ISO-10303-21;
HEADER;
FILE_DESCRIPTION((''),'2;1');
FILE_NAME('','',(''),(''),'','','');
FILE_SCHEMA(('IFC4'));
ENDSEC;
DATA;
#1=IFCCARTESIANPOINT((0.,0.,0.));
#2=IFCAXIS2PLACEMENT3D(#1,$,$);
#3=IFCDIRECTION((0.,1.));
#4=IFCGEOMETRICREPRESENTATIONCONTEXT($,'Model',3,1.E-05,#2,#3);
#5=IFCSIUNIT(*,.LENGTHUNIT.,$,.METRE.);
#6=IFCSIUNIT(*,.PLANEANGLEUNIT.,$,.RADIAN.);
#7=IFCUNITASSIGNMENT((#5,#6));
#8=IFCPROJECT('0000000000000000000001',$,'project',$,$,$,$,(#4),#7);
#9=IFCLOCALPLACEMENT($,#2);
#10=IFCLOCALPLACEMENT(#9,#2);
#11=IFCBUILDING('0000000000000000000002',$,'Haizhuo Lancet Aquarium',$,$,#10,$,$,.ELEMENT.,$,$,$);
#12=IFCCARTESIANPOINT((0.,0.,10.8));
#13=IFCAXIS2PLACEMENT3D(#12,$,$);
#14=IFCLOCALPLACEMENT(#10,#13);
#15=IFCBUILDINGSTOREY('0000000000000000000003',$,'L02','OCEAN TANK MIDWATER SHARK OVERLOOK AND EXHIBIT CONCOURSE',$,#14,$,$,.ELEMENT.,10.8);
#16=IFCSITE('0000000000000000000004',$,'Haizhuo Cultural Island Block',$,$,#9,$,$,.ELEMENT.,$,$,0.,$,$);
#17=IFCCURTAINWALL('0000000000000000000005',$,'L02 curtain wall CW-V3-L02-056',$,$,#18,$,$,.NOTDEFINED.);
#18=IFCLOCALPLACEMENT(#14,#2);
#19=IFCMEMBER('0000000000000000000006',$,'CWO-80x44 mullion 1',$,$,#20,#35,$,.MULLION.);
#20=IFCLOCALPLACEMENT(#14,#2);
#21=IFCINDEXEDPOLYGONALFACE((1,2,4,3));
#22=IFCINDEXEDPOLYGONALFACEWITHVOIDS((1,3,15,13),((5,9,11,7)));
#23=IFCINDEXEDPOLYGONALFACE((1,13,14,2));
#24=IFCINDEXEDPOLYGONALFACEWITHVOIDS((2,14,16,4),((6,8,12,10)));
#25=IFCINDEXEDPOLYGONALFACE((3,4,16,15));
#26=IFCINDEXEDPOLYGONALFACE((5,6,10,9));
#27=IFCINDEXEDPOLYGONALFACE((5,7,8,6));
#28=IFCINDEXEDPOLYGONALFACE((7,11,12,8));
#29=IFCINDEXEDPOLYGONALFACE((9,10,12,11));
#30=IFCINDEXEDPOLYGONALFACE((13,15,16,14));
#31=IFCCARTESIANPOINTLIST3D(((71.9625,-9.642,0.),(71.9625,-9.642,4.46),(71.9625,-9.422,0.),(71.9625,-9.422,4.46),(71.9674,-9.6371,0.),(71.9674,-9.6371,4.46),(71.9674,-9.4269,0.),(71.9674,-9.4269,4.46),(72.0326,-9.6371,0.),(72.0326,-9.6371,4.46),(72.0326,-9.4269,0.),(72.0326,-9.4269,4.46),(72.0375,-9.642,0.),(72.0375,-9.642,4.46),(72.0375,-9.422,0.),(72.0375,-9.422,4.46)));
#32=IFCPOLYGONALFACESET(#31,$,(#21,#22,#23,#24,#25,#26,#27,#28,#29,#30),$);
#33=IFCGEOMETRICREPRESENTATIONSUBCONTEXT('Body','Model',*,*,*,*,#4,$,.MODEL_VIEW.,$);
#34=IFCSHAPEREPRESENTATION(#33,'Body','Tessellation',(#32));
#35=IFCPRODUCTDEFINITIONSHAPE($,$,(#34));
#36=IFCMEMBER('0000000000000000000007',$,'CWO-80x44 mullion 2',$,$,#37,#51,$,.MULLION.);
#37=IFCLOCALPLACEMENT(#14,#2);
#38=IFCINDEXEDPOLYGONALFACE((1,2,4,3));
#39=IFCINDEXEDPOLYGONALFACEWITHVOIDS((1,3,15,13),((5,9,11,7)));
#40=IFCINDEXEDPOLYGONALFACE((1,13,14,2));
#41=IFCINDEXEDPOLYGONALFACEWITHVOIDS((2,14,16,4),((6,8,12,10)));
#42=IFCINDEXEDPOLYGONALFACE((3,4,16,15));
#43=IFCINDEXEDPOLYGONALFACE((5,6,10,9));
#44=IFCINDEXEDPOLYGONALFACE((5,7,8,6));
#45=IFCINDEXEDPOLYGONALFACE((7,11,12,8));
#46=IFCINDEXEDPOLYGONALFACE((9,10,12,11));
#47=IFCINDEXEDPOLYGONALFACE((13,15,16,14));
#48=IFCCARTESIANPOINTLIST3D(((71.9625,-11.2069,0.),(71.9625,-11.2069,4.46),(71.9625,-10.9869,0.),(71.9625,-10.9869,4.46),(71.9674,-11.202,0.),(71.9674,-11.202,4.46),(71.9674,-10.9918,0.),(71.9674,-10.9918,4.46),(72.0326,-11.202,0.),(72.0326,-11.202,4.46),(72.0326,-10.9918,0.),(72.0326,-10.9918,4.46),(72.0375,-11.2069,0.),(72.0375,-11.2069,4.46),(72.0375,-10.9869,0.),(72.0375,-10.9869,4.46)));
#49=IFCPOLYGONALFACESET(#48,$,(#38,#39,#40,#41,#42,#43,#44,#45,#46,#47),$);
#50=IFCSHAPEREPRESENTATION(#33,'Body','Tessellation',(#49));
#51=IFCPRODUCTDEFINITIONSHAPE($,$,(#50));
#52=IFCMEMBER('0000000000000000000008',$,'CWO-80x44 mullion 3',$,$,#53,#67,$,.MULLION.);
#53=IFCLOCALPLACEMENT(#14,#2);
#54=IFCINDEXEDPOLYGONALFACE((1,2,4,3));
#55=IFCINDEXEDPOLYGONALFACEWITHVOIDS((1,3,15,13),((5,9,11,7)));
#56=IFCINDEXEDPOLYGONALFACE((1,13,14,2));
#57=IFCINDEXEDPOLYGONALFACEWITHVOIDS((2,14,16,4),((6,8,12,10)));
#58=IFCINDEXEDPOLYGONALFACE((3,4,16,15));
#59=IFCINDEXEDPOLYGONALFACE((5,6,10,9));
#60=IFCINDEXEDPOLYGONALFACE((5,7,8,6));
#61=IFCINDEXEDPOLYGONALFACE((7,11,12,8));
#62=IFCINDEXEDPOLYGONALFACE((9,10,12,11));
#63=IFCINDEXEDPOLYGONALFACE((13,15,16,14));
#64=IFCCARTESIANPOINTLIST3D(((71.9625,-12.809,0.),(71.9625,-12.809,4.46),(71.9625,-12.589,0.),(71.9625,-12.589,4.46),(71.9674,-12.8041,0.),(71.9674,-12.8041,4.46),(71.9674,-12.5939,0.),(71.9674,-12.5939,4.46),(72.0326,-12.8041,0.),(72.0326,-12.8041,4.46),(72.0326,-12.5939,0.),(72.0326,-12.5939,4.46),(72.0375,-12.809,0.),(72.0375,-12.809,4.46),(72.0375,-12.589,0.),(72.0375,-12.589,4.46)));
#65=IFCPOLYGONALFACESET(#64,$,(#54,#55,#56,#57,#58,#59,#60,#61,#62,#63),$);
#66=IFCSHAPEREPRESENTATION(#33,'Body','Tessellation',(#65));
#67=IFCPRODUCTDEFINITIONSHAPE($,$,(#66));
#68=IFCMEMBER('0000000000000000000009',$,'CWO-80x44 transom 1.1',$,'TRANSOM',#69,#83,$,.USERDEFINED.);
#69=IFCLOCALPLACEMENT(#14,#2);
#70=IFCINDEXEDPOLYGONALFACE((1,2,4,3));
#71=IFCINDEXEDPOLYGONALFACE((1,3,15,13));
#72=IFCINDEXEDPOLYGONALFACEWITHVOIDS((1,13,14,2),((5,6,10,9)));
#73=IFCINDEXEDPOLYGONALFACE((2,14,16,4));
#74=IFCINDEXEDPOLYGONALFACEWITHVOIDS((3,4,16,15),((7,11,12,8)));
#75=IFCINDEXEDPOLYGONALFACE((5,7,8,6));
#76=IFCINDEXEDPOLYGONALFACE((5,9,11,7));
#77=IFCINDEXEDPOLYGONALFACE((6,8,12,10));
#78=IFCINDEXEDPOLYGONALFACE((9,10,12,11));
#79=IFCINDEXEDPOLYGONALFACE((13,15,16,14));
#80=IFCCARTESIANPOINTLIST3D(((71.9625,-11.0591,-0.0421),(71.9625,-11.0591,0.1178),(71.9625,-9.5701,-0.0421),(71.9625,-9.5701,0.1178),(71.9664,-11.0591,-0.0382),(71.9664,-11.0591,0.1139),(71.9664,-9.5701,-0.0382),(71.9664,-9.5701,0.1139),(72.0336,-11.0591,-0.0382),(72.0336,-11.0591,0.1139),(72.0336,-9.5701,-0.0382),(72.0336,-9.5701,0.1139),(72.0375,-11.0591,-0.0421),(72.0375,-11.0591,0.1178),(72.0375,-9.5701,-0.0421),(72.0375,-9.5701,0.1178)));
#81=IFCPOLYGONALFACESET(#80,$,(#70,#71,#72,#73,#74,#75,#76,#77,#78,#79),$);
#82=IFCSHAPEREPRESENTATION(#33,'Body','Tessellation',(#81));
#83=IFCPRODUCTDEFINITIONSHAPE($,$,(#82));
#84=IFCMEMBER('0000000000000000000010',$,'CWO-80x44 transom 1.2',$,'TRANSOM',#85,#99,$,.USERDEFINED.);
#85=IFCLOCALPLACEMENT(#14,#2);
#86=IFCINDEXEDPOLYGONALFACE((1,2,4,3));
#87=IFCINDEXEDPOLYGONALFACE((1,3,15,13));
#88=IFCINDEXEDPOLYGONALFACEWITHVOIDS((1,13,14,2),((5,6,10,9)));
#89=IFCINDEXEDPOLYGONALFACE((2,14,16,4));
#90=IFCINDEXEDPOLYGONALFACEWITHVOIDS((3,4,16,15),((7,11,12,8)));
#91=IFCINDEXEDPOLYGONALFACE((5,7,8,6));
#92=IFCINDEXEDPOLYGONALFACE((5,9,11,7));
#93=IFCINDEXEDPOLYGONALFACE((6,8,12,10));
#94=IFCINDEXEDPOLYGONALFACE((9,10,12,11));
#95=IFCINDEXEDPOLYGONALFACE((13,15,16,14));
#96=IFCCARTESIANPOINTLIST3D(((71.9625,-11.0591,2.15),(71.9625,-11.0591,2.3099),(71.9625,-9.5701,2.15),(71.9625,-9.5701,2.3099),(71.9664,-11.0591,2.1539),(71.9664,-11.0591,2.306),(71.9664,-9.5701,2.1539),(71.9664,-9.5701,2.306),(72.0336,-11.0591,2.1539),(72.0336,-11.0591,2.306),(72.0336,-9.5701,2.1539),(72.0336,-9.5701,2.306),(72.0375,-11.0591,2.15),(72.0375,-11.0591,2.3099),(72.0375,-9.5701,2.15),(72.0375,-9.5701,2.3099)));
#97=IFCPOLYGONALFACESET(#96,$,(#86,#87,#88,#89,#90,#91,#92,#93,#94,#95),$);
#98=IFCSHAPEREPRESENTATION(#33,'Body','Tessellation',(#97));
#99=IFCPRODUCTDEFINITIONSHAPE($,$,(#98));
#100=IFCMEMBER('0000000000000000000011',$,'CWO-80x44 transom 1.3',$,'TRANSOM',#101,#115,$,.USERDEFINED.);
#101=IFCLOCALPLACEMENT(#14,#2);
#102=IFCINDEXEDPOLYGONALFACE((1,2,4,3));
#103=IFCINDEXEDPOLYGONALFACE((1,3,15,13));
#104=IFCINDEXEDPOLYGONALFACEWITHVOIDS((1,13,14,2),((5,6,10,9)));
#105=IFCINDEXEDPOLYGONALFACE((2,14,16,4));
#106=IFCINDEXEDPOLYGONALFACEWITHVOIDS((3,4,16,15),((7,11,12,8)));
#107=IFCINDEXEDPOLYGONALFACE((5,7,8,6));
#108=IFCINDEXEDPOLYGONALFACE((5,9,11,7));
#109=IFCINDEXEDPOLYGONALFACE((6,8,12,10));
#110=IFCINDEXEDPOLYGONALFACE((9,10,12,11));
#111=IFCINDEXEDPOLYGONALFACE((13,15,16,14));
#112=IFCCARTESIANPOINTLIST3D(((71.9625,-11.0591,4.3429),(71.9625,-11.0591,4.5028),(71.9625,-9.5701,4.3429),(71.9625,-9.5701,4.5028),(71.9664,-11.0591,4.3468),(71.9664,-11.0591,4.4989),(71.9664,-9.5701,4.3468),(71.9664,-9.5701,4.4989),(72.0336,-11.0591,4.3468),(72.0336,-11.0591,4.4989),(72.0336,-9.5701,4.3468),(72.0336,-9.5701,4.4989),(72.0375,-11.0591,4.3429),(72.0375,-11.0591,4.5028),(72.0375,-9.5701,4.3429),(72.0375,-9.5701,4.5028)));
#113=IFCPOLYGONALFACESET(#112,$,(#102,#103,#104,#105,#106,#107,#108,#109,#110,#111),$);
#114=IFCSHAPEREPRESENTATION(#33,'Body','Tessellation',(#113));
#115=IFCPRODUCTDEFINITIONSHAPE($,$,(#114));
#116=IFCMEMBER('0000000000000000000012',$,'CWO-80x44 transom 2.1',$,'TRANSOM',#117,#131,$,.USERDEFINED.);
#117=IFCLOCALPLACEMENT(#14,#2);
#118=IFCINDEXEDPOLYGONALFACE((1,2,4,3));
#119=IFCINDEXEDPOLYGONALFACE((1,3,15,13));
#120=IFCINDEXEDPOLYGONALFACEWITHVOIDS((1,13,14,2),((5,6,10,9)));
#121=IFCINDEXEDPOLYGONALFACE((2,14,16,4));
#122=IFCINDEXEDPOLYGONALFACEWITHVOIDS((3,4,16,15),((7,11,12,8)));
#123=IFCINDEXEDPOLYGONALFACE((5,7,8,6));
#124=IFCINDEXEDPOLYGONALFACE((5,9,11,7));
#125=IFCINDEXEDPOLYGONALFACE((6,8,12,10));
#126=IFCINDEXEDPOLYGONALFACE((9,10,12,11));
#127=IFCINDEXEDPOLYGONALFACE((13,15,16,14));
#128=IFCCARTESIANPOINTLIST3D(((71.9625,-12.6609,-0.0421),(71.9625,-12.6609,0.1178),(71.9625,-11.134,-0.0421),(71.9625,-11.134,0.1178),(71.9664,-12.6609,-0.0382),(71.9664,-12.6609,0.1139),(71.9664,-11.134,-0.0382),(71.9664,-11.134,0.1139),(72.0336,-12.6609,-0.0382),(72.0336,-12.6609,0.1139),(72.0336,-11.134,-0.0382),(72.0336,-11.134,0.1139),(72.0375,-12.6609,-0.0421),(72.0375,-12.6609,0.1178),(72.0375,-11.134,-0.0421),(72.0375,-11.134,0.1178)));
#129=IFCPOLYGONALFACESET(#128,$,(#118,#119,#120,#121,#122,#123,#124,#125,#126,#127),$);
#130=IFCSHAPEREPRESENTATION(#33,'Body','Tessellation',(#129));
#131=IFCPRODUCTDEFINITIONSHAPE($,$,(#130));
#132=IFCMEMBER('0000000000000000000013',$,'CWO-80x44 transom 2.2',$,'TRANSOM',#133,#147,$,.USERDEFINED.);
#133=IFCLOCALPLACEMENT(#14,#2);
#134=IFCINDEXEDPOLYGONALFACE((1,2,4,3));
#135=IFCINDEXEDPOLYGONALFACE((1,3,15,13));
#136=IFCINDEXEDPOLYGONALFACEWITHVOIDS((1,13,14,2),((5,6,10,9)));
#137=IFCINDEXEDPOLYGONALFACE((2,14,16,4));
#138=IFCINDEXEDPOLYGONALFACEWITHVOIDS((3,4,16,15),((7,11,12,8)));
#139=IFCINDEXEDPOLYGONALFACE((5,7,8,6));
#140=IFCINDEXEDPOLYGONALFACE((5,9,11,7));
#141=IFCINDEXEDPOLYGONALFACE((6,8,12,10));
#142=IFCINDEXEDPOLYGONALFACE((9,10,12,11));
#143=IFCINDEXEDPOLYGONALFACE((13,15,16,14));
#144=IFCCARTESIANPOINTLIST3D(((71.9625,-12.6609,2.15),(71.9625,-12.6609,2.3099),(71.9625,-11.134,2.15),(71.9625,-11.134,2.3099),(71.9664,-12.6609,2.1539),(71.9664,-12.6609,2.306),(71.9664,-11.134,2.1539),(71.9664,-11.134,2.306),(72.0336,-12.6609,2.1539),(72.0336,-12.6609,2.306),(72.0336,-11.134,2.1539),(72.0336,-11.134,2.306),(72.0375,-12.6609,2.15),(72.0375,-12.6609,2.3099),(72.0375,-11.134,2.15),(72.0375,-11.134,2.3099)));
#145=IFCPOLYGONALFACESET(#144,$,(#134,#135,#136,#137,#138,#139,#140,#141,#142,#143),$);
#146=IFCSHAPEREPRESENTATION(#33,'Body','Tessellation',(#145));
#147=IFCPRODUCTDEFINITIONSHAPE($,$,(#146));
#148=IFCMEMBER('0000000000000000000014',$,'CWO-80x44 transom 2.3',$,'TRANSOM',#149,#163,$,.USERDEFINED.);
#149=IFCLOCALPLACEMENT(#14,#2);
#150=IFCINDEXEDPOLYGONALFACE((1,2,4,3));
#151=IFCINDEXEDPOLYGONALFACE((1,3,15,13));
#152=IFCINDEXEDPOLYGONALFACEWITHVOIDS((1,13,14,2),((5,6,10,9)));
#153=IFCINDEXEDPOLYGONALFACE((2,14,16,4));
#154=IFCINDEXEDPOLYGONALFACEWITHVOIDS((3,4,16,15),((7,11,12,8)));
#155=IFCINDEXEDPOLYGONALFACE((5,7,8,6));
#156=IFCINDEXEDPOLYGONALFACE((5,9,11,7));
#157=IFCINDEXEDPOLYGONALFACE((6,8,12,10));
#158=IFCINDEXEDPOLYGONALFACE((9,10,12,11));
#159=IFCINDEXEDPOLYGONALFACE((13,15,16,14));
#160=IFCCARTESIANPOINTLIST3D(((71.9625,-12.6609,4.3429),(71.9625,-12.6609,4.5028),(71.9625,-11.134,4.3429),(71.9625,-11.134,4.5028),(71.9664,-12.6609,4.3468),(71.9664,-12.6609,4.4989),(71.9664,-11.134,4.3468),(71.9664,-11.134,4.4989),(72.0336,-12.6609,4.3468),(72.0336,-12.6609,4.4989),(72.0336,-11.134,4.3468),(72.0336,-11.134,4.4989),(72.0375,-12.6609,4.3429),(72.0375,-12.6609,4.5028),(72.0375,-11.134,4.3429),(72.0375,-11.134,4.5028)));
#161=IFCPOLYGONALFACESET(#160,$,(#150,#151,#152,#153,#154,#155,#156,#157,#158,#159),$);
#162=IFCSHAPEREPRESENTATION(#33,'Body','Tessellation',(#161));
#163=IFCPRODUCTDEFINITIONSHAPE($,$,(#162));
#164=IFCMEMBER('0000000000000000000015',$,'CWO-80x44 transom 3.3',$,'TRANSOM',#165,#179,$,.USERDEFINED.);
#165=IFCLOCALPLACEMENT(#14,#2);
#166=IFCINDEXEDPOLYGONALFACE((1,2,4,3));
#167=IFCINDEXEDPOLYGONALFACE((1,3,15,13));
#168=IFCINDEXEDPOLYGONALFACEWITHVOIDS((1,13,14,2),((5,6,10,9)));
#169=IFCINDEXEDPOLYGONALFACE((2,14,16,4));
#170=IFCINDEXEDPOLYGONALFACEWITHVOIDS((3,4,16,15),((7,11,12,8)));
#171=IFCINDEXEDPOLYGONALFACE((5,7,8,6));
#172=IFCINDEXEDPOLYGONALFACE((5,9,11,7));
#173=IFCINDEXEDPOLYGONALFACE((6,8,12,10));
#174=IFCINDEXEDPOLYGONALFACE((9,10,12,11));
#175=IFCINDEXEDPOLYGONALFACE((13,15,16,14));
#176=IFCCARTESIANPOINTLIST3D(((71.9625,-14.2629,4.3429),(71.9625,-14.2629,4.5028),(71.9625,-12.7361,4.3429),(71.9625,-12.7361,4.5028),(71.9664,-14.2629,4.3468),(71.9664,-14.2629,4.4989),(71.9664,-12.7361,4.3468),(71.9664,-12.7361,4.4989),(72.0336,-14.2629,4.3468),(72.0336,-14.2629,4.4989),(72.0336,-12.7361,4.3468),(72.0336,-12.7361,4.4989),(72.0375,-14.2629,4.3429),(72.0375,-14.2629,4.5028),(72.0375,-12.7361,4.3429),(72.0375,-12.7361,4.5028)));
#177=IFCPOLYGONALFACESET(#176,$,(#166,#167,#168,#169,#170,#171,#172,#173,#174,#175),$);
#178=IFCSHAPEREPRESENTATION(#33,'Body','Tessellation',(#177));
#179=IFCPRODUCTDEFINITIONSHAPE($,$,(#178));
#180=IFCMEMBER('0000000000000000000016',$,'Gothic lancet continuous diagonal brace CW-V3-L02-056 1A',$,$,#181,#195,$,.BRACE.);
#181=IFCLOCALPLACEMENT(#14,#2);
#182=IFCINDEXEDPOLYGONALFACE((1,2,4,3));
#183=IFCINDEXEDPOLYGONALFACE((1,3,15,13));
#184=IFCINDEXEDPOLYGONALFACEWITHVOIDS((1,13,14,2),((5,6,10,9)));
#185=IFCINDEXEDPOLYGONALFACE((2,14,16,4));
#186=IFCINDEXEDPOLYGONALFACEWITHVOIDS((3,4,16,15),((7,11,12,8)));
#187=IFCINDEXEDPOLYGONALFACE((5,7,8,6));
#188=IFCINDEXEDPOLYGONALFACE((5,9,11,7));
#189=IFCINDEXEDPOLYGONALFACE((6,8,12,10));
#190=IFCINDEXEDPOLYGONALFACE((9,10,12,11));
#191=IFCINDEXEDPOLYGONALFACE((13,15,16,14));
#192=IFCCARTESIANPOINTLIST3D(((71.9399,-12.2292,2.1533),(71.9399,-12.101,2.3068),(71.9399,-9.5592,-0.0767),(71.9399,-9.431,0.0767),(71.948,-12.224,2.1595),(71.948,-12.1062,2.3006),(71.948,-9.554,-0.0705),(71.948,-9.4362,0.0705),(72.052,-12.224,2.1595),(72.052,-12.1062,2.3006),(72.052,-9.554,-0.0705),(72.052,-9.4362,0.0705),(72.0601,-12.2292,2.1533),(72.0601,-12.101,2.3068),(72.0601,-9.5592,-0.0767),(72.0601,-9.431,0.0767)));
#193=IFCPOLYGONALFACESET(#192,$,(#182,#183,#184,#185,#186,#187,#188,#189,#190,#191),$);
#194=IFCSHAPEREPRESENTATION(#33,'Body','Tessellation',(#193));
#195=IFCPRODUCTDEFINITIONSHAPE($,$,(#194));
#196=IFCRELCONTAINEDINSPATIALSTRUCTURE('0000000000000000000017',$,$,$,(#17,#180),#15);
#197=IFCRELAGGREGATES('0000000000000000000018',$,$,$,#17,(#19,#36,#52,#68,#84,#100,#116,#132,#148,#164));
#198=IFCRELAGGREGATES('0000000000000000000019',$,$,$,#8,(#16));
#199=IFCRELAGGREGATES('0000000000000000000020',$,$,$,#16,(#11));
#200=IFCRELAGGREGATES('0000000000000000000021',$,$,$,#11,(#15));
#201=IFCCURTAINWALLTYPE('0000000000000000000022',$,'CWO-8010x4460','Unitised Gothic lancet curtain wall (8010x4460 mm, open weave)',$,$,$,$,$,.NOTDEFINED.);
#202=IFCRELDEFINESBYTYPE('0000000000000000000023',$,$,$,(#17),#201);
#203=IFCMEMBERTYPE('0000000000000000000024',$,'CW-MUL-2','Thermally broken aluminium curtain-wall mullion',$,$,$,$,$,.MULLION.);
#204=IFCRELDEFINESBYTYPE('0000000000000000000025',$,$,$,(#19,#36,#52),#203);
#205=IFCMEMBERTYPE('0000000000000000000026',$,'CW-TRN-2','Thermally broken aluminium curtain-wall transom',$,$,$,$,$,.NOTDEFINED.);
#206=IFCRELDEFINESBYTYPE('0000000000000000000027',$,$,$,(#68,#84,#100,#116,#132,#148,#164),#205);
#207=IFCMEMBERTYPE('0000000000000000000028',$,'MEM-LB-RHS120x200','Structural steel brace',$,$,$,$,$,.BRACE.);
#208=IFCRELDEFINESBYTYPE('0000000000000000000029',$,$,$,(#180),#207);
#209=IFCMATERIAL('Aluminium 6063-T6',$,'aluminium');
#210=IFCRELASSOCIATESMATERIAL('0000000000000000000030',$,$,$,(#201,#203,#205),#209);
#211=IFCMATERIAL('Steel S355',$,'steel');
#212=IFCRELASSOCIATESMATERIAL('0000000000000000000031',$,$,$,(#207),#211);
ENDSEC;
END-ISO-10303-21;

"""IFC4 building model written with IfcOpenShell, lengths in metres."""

from ifc_helpers import new_model, si_unit, direction, frame, origin, origin_2d, place, context, subcontext, project, spatial, hollow_rectangle, extrude, material, material_profile, profile_set, type_object, element, aggregate, save


model = new_model("IFC4")

# Units and contexts
model_context = context("Model", 3, precision=1e-05, world=origin(), true_north=direction((0.0, 1.0)))
body_context = subcontext(model_context, "Body", "Model", "MODEL_VIEW")
ifc_project = project(units=[si_unit("LENGTHUNIT", "METRE"), si_unit("PLANEANGLEUNIT", "RADIAN")], contexts=[model_context])

# Site, building, storey
site_placement = place(None, origin())
site = spatial("IfcSite", under=ifc_project, at=site_placement, Name="Haizhuo Cultural Island Block", CompositionType="ELEMENT", RefElevation=0.0)
building_placement = place(site_placement, origin())
building = spatial("IfcBuilding", under=site, at=building_placement, Name="Haizhuo Lancet Aquarium", CompositionType="ELEMENT")
storey_placement = place(building_placement, frame((0.0, 0.0, 10.8)))
storey = spatial("IfcBuildingStorey", under=building, at=storey_placement, Name="L02", Description="OCEAN TANK MIDWATER SHARK OVERLOOK AND EXHIBIT CONCOURSE", CompositionType="ELEMENT", Elevation=10.8)

# Curtain wall, members
ifc_material_1 = material(Name="Aluminium 6063-T6", Category="aluminium")
curtain_wall_type = type_object("IfcCurtainWallType", Name="CWO-8010x4460", Description="Unitised Gothic lancet curtain wall (8010x4460 mm, open weave)", PredefinedType="NOTDEFINED", material=ifc_material_1)
curtain_wall_placement = place(storey_placement, origin())
curtain_wall = element("IfcCurtainWall", 1, at=curtain_wall_placement, inside=storey, type_object=curtain_wall_type, Name="L02 curtain wall CW-V3-L02-056", PredefinedType="NOTDEFINED")
ifc_material_profile_1 = material_profile(ifc_material_1, hollow_rectangle(XDim=0.075, YDim=0.22, WallThickness=0.0049, at=origin_2d()), Name="ALU-M 75x220x5")
ifc_profile_set_1 = profile_set([ifc_material_profile_1], Name="Aluminium 6063-T6")
member_type_1 = type_object("IfcMemberType", Name="CW-MUL-2", Description="Thermally broken aluminium curtain-wall mullion", PredefinedType="MULLION", material=ifc_profile_set_1)
member_1_placement = place(storey_placement, frame((72.0, -9.532, 0.0), z_axis=(0.0, 0.0, 1.0), x_axis=(1.0, 0.0, 0.0)))
member_1 = element("IfcMember", 2, at=member_1_placement, type_object=member_type_1, Name="CWO-80x44 mullion 1", PredefinedType="MULLION", context=body_context, shape_type="SweptSolid", body=[
    extrude(hollow_rectangle(XDim=0.075, YDim=0.22, WallThickness=0.0049, at=origin_2d()), origin(), (0.0, 0.0, 1.0), 4.46),
])
member_2_placement = place(storey_placement, frame((72.0, -11.0969, 0.0), z_axis=(0.0, 0.0, 1.0), x_axis=(1.0, 0.0, 0.0)))
member_2 = element("IfcMember", 3, at=member_2_placement, type_object=member_type_1, Name="CWO-80x44 mullion 2", PredefinedType="MULLION", context=body_context, shape_type="SweptSolid", body=[
    extrude(hollow_rectangle(XDim=0.075, YDim=0.22, WallThickness=0.0049, at=origin_2d()), origin(), (0.0, 0.0, 1.0), 4.46),
])
member_3_placement = place(storey_placement, frame((72.0, -12.699, 0.0), z_axis=(0.0, 0.0, 1.0), x_axis=(1.0, 0.0, 0.0)))
member_3 = element("IfcMember", 4, at=member_3_placement, type_object=member_type_1, Name="CWO-80x44 mullion 3", PredefinedType="MULLION", context=body_context, shape_type="SweptSolid", body=[
    extrude(hollow_rectangle(XDim=0.075, YDim=0.22, WallThickness=0.0049, at=origin_2d()), origin(), (0.0, 0.0, 1.0), 4.46),
])
ifc_material_profile_2 = material_profile(ifc_material_1, hollow_rectangle(XDim=0.075, YDim=0.1599, WallThickness=0.0039, at=origin_2d()), Name="ALU-T 75x160x4")
ifc_profile_set_2 = profile_set([ifc_material_profile_2], Name="Aluminium 6063-T6")
member_type_2 = type_object("IfcMemberType", Name="CW-TRN-2", Description="Thermally broken aluminium curtain-wall transom", PredefinedType="NOTDEFINED", material=ifc_profile_set_2)
member_4_placement = place(storey_placement, frame((72.0, -9.5701, 0.0378), z_axis=(0.0, -1.0, 0.0), x_axis=(1.0, 0.0, 0.0)))
member_4 = element("IfcMember", 5, at=member_4_placement, type_object=member_type_2, Name="CWO-80x44 transom 1.1", ObjectType="TRANSOM", PredefinedType="USERDEFINED", context=body_context, shape_type="SweptSolid", body=[
    extrude(hollow_rectangle(XDim=0.075, YDim=0.1599, WallThickness=0.0039, at=origin_2d()), origin(), (0.0, 0.0, 1.0), 1.489),
])
member_5_placement = place(storey_placement, frame((72.0, -9.5701, 2.23), z_axis=(0.0, -1.0, 0.0), x_axis=(1.0, 0.0, 0.0)))
member_5 = element("IfcMember", 6, at=member_5_placement, type_object=member_type_2, Name="CWO-80x44 transom 1.2", ObjectType="TRANSOM", PredefinedType="USERDEFINED", context=body_context, shape_type="SweptSolid", body=[
    extrude(hollow_rectangle(XDim=0.075, YDim=0.1599, WallThickness=0.0039, at=origin_2d()), origin(), (0.0, 0.0, 1.0), 1.489),
])
member_6_placement = place(storey_placement, frame((72.0, -9.5701, 4.4229), z_axis=(0.0, -1.0, 0.0), x_axis=(1.0, 0.0, 0.0)))
member_6 = element("IfcMember", 7, at=member_6_placement, type_object=member_type_2, Name="CWO-80x44 transom 1.3", ObjectType="TRANSOM", PredefinedType="USERDEFINED", context=body_context, shape_type="SweptSolid", body=[
    extrude(hollow_rectangle(XDim=0.075, YDim=0.1599, WallThickness=0.0039, at=origin_2d()), origin(), (0.0, 0.0, 1.0), 1.489),
])
member_7_placement = place(storey_placement, frame((72.0, -11.134, 0.0378), z_axis=(0.0, -1.0, 0.0), x_axis=(1.0, 0.0, 0.0)))
member_7 = element("IfcMember", 8, at=member_7_placement, type_object=member_type_2, Name="CWO-80x44 transom 2.1", ObjectType="TRANSOM", PredefinedType="USERDEFINED", context=body_context, shape_type="SweptSolid", body=[
    extrude(hollow_rectangle(XDim=0.075, YDim=0.1599, WallThickness=0.0039, at=origin_2d()), origin(), (0.0, 0.0, 1.0), 1.5269),
])
member_8_placement = place(storey_placement, frame((72.0, -11.134, 2.23), z_axis=(0.0, -1.0, 0.0), x_axis=(1.0, 0.0, 0.0)))
member_8 = element("IfcMember", 9, at=member_8_placement, type_object=member_type_2, Name="CWO-80x44 transom 2.2", ObjectType="TRANSOM", PredefinedType="USERDEFINED", context=body_context, shape_type="SweptSolid", body=[
    extrude(hollow_rectangle(XDim=0.075, YDim=0.1599, WallThickness=0.0039, at=origin_2d()), origin(), (0.0, 0.0, 1.0), 1.5269),
])
member_9_placement = place(storey_placement, frame((72.0, -11.134, 4.4229), z_axis=(0.0, -1.0, 0.0), x_axis=(1.0, 0.0, 0.0)))
member_9 = element("IfcMember", 10, at=member_9_placement, type_object=member_type_2, Name="CWO-80x44 transom 2.3", ObjectType="TRANSOM", PredefinedType="USERDEFINED", context=body_context, shape_type="SweptSolid", body=[
    extrude(hollow_rectangle(XDim=0.075, YDim=0.1599, WallThickness=0.0039, at=origin_2d()), origin(), (0.0, 0.0, 1.0), 1.5269),
])
member_10_placement = place(storey_placement, frame((72.0, -12.7361, 4.4229), z_axis=(0.0, -1.0, 0.0), x_axis=(1.0, 0.0, 0.0)))
member_10 = element("IfcMember", 11, at=member_10_placement, type_object=member_type_2, Name="CWO-80x44 transom 3.3", ObjectType="TRANSOM", PredefinedType="USERDEFINED", context=body_context, shape_type="SweptSolid", body=[
    extrude(hollow_rectangle(XDim=0.075, YDim=0.1599, WallThickness=0.0039, at=origin_2d()), origin(), (0.0, 0.0, 1.0), 1.5269),
])

# Member
ifc_material_2 = material(Name="Steel S355", Category="steel")
ifc_material_profile_3 = material_profile(ifc_material_2, hollow_rectangle(XDim=0.1201, YDim=0.2, WallThickness=0.0081, at=origin_2d()), Name="RHS 120x200x8")
ifc_profile_set_3 = profile_set([ifc_material_profile_3], Name="Steel S355")
member_type_3 = type_object("IfcMemberType", Name="MEM-LB-RHS120x200", Description="Structural steel brace", PredefinedType="BRACE", material=ifc_profile_set_3)
member_11_placement = place(storey_placement, frame((72.0, -9.4951, 0.0), z_axis=(0.0, -0.767507, 0.64104), x_axis=(1.0, 0.0, 0.0)))
element("IfcMember", 12, at=member_11_placement, inside=storey, type_object=member_type_3, Name="Gothic lancet continuous diagonal brace CW-V3-L02-056 1A", PredefinedType="BRACE", context=body_context, shape_type="SweptSolid", body=[
    extrude(hollow_rectangle(XDim=0.1201, YDim=0.2, WallThickness=0.0081, at=origin_2d()), origin(), (0.0, 0.0, 1.0), 3.4788),
])

aggregate(curtain_wall, [member_1, member_2, member_3, member_4, member_5, member_6, member_7, member_8, member_9, member_10])

save(model, "model.ifc")
